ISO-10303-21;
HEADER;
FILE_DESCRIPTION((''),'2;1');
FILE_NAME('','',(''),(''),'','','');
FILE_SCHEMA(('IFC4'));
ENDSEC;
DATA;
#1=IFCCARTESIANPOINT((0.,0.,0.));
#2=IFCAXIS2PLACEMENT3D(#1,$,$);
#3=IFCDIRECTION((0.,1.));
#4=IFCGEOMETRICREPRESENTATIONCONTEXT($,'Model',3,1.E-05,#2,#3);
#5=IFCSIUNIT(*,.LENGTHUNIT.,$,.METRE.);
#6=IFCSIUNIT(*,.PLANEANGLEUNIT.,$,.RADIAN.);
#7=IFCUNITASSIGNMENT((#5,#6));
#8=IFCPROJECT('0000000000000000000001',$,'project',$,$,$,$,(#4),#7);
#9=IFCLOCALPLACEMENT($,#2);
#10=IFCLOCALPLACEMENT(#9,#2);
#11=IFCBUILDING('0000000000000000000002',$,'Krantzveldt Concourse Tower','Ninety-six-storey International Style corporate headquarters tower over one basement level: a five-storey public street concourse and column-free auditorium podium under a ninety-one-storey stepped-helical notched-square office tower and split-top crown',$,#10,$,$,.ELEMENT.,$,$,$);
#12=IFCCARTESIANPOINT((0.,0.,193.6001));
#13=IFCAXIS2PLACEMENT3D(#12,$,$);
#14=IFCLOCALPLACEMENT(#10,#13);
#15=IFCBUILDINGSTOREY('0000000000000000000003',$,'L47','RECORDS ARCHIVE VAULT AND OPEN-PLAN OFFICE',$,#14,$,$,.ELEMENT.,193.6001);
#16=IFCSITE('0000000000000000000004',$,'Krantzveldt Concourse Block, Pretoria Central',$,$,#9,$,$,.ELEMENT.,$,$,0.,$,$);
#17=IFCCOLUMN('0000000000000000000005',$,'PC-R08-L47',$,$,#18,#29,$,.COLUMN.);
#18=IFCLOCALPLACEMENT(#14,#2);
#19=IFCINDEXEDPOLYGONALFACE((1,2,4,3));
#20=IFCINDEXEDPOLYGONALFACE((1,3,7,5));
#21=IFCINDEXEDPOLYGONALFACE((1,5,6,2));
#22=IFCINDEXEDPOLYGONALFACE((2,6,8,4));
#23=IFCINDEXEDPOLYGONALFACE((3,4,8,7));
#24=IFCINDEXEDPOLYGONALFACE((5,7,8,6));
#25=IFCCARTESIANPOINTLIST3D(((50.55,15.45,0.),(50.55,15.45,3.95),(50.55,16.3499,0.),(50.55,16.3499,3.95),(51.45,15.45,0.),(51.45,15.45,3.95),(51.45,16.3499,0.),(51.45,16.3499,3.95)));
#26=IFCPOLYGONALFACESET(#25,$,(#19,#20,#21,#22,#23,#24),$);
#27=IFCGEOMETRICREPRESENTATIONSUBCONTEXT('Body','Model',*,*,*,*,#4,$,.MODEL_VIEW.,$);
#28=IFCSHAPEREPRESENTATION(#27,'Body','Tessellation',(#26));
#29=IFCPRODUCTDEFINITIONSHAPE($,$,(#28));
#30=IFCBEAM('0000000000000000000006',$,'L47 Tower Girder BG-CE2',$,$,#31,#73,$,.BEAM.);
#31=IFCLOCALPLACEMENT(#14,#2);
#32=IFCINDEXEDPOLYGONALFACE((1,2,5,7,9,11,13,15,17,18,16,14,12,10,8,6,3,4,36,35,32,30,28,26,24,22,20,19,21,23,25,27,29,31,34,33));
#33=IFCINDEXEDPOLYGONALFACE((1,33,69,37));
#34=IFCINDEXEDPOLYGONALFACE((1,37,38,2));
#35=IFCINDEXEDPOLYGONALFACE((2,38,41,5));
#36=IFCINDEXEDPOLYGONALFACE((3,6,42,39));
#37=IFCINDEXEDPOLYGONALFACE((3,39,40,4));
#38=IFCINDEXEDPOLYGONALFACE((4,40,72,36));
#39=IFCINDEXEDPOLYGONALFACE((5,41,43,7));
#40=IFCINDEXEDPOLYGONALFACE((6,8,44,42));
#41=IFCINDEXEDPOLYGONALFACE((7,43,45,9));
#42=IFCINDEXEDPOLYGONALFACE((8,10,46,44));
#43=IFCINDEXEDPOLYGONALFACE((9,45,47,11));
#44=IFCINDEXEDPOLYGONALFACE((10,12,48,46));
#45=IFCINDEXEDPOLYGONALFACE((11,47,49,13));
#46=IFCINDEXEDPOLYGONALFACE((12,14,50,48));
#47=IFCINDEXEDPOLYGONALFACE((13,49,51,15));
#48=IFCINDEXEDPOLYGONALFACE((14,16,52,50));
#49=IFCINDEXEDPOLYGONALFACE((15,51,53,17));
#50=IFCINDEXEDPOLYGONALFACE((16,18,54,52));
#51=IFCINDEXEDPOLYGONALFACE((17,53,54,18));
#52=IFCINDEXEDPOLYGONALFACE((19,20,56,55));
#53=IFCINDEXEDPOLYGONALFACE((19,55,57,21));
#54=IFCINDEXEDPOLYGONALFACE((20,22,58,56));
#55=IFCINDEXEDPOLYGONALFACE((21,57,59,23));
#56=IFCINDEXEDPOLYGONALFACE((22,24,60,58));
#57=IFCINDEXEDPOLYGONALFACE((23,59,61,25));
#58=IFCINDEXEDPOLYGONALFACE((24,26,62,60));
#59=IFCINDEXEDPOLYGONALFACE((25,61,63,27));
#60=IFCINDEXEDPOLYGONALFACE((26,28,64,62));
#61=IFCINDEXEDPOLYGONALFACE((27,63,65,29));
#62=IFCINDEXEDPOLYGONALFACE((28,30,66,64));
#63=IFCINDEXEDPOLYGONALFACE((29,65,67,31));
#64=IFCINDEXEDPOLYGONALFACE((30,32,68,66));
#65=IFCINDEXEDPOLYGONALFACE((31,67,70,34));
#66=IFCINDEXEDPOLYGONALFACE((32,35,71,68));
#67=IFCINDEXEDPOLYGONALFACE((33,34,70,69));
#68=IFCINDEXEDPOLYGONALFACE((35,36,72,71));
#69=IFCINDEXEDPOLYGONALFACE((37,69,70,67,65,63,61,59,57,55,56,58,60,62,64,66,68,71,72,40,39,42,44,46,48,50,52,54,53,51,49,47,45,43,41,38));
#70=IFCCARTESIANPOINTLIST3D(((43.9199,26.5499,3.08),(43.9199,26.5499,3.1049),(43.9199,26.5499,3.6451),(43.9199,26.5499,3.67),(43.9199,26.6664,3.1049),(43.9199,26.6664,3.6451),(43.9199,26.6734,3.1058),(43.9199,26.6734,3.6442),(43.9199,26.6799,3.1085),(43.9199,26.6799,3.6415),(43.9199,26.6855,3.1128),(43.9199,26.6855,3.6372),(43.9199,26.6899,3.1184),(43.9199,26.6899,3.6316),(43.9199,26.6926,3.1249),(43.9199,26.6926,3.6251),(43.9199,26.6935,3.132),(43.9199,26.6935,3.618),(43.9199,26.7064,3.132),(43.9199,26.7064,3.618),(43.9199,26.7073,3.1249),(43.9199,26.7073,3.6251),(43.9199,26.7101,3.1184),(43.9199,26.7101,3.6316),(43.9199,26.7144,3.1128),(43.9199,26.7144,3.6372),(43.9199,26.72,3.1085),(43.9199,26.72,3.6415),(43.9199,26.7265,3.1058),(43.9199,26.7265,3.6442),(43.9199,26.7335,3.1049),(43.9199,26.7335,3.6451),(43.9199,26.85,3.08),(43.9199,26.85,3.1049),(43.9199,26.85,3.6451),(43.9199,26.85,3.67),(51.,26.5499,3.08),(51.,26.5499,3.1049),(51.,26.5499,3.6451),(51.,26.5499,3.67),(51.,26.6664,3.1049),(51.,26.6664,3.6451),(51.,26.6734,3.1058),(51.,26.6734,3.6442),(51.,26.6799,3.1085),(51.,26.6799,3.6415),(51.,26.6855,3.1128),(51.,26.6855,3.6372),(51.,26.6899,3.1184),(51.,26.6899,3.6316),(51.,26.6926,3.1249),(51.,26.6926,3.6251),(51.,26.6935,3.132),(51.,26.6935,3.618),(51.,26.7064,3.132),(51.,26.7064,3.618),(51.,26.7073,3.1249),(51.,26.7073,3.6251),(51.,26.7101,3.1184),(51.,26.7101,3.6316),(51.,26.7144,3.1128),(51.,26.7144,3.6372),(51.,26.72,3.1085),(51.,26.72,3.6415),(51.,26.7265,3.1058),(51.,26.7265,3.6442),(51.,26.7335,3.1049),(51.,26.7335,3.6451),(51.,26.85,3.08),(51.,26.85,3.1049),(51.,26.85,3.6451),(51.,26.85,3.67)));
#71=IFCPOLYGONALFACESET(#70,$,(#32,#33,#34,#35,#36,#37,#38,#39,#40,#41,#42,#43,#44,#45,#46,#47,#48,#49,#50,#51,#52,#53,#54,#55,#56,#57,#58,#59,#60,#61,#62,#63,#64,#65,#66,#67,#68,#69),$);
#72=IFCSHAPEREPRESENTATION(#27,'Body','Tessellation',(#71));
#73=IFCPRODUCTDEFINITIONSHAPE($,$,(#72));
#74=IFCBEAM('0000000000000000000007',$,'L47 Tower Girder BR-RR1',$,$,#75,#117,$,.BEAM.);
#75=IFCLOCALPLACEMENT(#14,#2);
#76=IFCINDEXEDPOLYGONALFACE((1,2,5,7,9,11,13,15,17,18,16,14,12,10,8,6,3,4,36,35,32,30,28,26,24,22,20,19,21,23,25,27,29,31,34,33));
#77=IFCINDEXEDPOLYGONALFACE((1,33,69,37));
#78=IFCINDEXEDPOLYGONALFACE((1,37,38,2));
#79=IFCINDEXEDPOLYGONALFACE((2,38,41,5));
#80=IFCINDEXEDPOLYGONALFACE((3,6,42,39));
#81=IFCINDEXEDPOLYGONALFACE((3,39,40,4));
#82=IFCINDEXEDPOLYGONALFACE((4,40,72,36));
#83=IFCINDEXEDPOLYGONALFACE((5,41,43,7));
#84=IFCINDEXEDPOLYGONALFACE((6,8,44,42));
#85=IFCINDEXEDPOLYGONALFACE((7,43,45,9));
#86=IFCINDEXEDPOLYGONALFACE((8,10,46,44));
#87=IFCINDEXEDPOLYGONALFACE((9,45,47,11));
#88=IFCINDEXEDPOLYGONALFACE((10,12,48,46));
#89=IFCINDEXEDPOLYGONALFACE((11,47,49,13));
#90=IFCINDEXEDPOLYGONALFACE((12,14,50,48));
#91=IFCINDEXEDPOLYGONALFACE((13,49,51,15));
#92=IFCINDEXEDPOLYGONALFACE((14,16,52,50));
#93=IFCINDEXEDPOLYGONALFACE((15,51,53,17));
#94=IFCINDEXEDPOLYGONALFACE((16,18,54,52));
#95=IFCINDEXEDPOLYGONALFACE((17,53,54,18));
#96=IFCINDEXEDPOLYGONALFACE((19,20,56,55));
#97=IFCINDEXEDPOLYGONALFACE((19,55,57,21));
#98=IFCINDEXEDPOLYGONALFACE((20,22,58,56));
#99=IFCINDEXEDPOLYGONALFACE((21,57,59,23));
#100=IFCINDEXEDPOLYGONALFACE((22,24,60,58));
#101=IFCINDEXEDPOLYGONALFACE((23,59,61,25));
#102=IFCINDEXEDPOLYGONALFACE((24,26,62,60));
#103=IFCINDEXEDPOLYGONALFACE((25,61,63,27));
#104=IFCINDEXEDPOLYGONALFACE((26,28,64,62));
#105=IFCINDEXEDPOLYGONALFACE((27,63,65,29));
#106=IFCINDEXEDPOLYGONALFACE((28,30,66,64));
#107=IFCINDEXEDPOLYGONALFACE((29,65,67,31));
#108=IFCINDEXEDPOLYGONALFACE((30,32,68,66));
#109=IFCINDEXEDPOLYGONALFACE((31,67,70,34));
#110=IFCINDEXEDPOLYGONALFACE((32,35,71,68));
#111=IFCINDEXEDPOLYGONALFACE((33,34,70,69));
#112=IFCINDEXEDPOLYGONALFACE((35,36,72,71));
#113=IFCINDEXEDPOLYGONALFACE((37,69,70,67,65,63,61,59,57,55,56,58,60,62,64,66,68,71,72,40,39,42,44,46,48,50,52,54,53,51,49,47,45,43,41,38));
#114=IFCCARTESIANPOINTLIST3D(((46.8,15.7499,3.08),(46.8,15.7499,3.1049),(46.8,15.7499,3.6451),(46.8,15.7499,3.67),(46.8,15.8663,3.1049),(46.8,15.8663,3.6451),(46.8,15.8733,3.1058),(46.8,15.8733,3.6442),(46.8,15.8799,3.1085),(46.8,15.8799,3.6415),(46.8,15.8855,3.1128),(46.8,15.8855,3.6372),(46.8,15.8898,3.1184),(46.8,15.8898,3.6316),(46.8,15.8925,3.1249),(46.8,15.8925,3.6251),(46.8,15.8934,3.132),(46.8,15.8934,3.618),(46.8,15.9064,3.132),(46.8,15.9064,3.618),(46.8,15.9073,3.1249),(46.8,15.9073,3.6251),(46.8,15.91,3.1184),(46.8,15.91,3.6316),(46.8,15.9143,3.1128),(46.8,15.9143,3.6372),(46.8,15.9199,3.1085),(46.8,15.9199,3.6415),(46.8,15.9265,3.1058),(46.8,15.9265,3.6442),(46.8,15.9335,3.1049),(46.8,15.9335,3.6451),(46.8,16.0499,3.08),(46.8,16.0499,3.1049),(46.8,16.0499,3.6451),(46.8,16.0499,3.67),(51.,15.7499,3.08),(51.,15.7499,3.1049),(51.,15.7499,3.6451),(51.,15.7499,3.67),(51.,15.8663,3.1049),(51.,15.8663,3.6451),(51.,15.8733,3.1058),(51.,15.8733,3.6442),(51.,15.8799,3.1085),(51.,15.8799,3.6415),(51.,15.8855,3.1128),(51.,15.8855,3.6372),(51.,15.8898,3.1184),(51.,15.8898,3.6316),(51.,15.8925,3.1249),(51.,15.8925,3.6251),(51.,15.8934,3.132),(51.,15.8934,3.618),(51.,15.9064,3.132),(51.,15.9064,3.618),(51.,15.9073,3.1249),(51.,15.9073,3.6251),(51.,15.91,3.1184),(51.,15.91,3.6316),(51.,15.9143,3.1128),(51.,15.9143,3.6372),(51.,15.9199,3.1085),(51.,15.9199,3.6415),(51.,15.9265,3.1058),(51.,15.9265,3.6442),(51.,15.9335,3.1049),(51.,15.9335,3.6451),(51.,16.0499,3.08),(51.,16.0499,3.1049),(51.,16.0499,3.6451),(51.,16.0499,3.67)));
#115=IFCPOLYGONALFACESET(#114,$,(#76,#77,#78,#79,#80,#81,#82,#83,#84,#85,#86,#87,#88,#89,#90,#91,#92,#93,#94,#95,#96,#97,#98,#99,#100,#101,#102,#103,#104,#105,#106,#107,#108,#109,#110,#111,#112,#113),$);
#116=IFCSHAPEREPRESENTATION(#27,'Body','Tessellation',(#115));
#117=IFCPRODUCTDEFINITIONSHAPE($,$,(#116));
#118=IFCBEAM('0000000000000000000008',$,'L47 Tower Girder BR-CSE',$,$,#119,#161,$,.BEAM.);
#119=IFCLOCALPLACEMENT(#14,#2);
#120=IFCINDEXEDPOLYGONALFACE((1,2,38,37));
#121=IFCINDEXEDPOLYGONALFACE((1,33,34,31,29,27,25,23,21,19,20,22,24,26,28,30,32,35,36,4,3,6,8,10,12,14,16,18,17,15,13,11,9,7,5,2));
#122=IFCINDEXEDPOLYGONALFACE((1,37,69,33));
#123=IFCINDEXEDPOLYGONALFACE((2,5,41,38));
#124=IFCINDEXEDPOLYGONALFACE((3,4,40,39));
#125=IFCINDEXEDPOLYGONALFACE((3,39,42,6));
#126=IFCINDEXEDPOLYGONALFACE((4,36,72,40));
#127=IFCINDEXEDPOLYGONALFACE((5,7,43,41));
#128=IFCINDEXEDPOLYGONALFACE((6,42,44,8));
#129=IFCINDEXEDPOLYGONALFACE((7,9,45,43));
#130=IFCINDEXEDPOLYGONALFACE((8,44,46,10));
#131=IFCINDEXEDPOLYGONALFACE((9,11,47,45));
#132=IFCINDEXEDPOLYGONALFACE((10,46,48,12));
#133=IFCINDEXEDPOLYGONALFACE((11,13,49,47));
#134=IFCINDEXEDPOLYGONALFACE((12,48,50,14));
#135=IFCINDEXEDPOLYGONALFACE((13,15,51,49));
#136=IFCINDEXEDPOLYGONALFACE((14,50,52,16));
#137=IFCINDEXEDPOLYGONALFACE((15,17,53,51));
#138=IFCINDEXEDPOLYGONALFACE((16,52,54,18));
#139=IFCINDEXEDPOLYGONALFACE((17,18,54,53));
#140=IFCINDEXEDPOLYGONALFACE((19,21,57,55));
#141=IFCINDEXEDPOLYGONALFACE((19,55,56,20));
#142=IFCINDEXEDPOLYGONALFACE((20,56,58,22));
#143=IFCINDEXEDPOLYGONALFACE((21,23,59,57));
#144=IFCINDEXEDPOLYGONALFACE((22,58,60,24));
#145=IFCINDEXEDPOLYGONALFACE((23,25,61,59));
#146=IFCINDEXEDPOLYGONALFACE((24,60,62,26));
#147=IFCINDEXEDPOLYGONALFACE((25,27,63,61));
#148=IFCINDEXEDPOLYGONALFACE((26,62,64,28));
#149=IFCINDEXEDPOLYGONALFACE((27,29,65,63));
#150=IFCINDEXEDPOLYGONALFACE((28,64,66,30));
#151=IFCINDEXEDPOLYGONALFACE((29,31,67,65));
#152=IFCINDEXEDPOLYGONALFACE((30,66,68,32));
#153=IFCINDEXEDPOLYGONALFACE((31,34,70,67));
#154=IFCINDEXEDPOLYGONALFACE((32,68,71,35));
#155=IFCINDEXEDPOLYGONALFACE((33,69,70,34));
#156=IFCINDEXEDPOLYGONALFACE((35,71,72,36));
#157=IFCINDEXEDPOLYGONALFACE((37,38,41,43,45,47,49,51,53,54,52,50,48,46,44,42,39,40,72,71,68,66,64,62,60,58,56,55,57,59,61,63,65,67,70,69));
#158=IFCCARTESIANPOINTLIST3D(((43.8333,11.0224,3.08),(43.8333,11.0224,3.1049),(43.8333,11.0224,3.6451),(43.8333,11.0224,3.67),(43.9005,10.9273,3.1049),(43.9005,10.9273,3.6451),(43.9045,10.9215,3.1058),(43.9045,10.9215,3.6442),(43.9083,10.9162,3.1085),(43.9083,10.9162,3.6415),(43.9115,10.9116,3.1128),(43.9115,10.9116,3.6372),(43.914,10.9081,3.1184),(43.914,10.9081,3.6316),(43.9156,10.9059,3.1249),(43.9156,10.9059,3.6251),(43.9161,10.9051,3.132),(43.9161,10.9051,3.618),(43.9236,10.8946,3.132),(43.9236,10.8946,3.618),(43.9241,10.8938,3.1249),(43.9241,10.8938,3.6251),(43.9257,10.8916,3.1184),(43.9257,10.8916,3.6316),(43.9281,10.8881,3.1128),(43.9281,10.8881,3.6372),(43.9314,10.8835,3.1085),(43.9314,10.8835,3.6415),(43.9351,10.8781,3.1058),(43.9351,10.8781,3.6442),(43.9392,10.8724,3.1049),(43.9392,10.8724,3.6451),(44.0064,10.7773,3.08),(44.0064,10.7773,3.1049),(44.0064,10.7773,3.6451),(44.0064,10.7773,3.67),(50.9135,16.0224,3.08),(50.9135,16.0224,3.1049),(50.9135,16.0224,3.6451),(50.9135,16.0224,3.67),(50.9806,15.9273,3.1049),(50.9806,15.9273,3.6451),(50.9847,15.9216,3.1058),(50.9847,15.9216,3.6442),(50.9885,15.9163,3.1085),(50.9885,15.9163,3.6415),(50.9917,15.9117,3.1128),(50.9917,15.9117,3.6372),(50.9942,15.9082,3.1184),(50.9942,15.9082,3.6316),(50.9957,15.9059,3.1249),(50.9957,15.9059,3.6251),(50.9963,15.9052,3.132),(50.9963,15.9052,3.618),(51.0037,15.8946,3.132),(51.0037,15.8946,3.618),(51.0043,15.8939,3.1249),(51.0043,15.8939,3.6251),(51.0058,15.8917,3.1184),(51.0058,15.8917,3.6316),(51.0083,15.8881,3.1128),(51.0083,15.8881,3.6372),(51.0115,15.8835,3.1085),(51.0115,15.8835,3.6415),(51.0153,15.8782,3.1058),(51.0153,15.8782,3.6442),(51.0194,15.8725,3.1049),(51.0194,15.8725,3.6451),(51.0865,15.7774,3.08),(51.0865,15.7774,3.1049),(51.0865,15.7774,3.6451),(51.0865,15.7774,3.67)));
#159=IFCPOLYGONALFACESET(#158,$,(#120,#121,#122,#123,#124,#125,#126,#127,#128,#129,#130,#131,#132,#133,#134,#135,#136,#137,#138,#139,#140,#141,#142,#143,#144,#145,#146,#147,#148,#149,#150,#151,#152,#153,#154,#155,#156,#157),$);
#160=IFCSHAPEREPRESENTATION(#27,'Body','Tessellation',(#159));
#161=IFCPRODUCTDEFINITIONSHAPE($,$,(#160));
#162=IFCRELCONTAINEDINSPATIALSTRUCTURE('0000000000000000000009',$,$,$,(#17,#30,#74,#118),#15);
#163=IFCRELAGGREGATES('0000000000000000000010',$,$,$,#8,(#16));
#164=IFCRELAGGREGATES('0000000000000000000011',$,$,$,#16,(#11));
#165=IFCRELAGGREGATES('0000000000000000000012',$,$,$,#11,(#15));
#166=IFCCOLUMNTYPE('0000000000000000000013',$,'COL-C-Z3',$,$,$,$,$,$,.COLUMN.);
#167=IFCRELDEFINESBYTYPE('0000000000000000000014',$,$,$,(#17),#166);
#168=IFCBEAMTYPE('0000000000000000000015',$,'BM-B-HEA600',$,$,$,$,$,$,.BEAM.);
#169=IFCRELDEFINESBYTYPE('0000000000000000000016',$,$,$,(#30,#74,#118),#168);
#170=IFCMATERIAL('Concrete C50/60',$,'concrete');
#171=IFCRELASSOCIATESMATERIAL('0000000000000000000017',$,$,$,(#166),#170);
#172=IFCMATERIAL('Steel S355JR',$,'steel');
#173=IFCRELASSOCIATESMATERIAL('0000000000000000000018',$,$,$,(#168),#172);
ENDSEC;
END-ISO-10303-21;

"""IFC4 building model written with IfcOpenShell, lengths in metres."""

from ifc_helpers import new_model, si_unit, direction, frame, origin, origin_2d, place, context, subcontext, project, spatial, rectangle, i_section, extrude, source, transform, mapped, material, material_profile, profile_set, type_object, type_shapes, element, save


model = new_model("IFC4")

# Units and contexts
model_context = context("Model", 3, precision=1e-05, world=origin(), true_north=direction((0.0, 1.0)))
body_context = subcontext(model_context, "Body", "Model", "MODEL_VIEW")
ifc_project = project(units=[si_unit("LENGTHUNIT", "METRE"), si_unit("PLANEANGLEUNIT", "RADIAN")], contexts=[model_context])

# Site, building, storey
site_placement = place(None, origin())
site = spatial("IfcSite", under=ifc_project, at=site_placement, Name="Krantzveldt Concourse Block, Pretoria Central", CompositionType="ELEMENT", RefElevation=0.0)
building_placement = place(site_placement, origin())
building = spatial("IfcBuilding", under=site, at=building_placement, Name="Krantzveldt Concourse Tower", Description="Ninety-six-storey International Style corporate headquarters tower over one basement level: a five-storey public street concourse and column-free auditorium podium under a ninety-one-storey stepped-helical notched-square office tower and split-top crown", CompositionType="ELEMENT")
storey_placement = place(building_placement, frame((0.0, 0.0, 193.6001)))
storey = spatial("IfcBuildingStorey", under=building, at=storey_placement, Name="L47", Description="RECORDS ARCHIVE VAULT AND OPEN-PLAN OFFICE", CompositionType="ELEMENT", Elevation=193.6001)

# Column
ifc_material_1 = material(Name="Concrete C50/60", Category="concrete")
ifc_material_profile_1 = material_profile(ifc_material_1, rectangle(XDim=0.8999, YDim=0.8999, at=origin_2d()), Name="Concrete C50/60", Category="concrete")
ifc_profile_set_1 = profile_set([ifc_material_profile_1], Name="Concrete C50/60 - RC 900x900")
column_type = type_object("IfcColumnType", Name="COL-C-Z3", PredefinedType="COLUMN", material=ifc_profile_set_1)
shared_shape_1 = source(origin(), body_context, "Body", "SweptSolid", [
    extrude(rectangle(XDim=0.8999, YDim=0.8999, at=origin_2d()), origin(), (0.0, 0.0, 1.0), 3.95),
])
type_shapes(column_type, [shared_shape_1])
column_placement = place(storey_placement, frame((51.0, 15.8999, 0.0), z_axis=(0.0, 0.0, 1.0), x_axis=(1.0, 0.0, 0.0)))
element("IfcColumn", 1, at=column_placement, inside=storey, type_object=column_type, Name="PC-R08-L47", PredefinedType="COLUMN", context=body_context, shape_type="MappedRepresentation", body=[
    mapped(shared_shape_1, transform((0.0, 0.0, 0.0), x_axis=(1.0, 0.0, 0.0), y_axis=(0.0, 1.0, 0.0), z_axis=(0.0, 0.0, 1.0), scale=1.0)),
])

# Beams
ifc_material_2 = material(Name="Steel S355JR", Category="steel")
ifc_material_profile_2 = material_profile(ifc_material_2, i_section(OverallWidth=0.3, OverallDepth=0.5901, WebThickness=0.0129, FlangeThickness=0.0249, FilletRadius=0.0271, at=origin_2d()), Name="Steel S355JR", Category="steel")
ifc_profile_set_2 = profile_set([ifc_material_profile_2], Name="Steel S355JR - HEA 600")
beam_type_1 = type_object("IfcBeamType", Name="BM-B-HEA600", PredefinedType="BEAM", material=ifc_profile_set_2)
shared_shape_2 = source(origin(), body_context, "Body", "SweptSolid", [
    extrude(i_section(OverallWidth=0.3, OverallDepth=0.5901, WebThickness=0.0129, FlangeThickness=0.0249, FilletRadius=0.0271, at=origin_2d()), origin(), (0.0, 0.0, 1.0), 7.0801),
])
beam_1_placement = place(storey_placement, frame((43.9199, 26.7, 3.375), z_axis=(1.0, 0.0, 0.0), x_axis=(0.0, 1.0, 0.0)))
element("IfcBeam", 2, at=beam_1_placement, inside=storey, type_object=beam_type_1, Name="L47 Tower Girder BG-CE2", PredefinedType="BEAM", context=body_context, shape_type="MappedRepresentation", body=[
    mapped(shared_shape_2, transform((0.0, 0.0, 0.0), x_axis=(1.0, 0.0, 0.0), y_axis=(0.0, 1.0, 0.0), z_axis=(0.0, 0.0, 1.0), scale=1.0)),
])
shared_shape_3 = source(origin(), body_context, "Body", "SweptSolid", [
    extrude(i_section(OverallWidth=0.3, OverallDepth=0.5901, WebThickness=0.0129, FlangeThickness=0.0249, FilletRadius=0.0271, at=origin_2d()), origin(), (0.0, 0.0, 1.0), 4.2),
])
beam_2_placement = place(storey_placement, frame((46.8, 15.8999, 3.375), z_axis=(1.0, 0.0, 0.0), x_axis=(0.0, 1.0, 0.0)))
element("IfcBeam", 3, at=beam_2_placement, inside=storey, type_object=beam_type_1, Name="L47 Tower Girder BR-RR1", PredefinedType="BEAM", context=body_context, shape_type="MappedRepresentation", body=[
    mapped(shared_shape_3, transform((0.0, 0.0, 0.0), x_axis=(1.0, 0.0, 0.0), y_axis=(0.0, 1.0, 0.0), z_axis=(0.0, 0.0, 1.0), scale=1.0)),
])
shared_shape_4 = source(origin(), body_context, "Body", "SweptSolid", [
    extrude(i_section(OverallWidth=0.3, OverallDepth=0.5901, WebThickness=0.0129, FlangeThickness=0.0249, FilletRadius=0.0271, at=origin_2d()), origin(), (0.0, 0.0, 1.0), 8.6677),
])
type_shapes(beam_type_1, [shared_shape_2, shared_shape_3, shared_shape_4])
beam_3_placement = place(storey_placement, frame((51.0, 15.8999, 3.375), z_axis=(-0.816843, -0.57686, 0.0), x_axis=(0.57686, -0.816843, 0.0)))
element("IfcBeam", 4, at=beam_3_placement, inside=storey, type_object=beam_type_1, Name="L47 Tower Girder BR-CSE", PredefinedType="BEAM", context=body_context, shape_type="MappedRepresentation", body=[
    mapped(shared_shape_4, transform((0.0, 0.0, 0.0), x_axis=(1.0, 0.0, 0.0), y_axis=(0.0, 1.0, 0.0), z_axis=(0.0, 0.0, 1.0), scale=1.0)),
])

save(model, "model.ifc")
